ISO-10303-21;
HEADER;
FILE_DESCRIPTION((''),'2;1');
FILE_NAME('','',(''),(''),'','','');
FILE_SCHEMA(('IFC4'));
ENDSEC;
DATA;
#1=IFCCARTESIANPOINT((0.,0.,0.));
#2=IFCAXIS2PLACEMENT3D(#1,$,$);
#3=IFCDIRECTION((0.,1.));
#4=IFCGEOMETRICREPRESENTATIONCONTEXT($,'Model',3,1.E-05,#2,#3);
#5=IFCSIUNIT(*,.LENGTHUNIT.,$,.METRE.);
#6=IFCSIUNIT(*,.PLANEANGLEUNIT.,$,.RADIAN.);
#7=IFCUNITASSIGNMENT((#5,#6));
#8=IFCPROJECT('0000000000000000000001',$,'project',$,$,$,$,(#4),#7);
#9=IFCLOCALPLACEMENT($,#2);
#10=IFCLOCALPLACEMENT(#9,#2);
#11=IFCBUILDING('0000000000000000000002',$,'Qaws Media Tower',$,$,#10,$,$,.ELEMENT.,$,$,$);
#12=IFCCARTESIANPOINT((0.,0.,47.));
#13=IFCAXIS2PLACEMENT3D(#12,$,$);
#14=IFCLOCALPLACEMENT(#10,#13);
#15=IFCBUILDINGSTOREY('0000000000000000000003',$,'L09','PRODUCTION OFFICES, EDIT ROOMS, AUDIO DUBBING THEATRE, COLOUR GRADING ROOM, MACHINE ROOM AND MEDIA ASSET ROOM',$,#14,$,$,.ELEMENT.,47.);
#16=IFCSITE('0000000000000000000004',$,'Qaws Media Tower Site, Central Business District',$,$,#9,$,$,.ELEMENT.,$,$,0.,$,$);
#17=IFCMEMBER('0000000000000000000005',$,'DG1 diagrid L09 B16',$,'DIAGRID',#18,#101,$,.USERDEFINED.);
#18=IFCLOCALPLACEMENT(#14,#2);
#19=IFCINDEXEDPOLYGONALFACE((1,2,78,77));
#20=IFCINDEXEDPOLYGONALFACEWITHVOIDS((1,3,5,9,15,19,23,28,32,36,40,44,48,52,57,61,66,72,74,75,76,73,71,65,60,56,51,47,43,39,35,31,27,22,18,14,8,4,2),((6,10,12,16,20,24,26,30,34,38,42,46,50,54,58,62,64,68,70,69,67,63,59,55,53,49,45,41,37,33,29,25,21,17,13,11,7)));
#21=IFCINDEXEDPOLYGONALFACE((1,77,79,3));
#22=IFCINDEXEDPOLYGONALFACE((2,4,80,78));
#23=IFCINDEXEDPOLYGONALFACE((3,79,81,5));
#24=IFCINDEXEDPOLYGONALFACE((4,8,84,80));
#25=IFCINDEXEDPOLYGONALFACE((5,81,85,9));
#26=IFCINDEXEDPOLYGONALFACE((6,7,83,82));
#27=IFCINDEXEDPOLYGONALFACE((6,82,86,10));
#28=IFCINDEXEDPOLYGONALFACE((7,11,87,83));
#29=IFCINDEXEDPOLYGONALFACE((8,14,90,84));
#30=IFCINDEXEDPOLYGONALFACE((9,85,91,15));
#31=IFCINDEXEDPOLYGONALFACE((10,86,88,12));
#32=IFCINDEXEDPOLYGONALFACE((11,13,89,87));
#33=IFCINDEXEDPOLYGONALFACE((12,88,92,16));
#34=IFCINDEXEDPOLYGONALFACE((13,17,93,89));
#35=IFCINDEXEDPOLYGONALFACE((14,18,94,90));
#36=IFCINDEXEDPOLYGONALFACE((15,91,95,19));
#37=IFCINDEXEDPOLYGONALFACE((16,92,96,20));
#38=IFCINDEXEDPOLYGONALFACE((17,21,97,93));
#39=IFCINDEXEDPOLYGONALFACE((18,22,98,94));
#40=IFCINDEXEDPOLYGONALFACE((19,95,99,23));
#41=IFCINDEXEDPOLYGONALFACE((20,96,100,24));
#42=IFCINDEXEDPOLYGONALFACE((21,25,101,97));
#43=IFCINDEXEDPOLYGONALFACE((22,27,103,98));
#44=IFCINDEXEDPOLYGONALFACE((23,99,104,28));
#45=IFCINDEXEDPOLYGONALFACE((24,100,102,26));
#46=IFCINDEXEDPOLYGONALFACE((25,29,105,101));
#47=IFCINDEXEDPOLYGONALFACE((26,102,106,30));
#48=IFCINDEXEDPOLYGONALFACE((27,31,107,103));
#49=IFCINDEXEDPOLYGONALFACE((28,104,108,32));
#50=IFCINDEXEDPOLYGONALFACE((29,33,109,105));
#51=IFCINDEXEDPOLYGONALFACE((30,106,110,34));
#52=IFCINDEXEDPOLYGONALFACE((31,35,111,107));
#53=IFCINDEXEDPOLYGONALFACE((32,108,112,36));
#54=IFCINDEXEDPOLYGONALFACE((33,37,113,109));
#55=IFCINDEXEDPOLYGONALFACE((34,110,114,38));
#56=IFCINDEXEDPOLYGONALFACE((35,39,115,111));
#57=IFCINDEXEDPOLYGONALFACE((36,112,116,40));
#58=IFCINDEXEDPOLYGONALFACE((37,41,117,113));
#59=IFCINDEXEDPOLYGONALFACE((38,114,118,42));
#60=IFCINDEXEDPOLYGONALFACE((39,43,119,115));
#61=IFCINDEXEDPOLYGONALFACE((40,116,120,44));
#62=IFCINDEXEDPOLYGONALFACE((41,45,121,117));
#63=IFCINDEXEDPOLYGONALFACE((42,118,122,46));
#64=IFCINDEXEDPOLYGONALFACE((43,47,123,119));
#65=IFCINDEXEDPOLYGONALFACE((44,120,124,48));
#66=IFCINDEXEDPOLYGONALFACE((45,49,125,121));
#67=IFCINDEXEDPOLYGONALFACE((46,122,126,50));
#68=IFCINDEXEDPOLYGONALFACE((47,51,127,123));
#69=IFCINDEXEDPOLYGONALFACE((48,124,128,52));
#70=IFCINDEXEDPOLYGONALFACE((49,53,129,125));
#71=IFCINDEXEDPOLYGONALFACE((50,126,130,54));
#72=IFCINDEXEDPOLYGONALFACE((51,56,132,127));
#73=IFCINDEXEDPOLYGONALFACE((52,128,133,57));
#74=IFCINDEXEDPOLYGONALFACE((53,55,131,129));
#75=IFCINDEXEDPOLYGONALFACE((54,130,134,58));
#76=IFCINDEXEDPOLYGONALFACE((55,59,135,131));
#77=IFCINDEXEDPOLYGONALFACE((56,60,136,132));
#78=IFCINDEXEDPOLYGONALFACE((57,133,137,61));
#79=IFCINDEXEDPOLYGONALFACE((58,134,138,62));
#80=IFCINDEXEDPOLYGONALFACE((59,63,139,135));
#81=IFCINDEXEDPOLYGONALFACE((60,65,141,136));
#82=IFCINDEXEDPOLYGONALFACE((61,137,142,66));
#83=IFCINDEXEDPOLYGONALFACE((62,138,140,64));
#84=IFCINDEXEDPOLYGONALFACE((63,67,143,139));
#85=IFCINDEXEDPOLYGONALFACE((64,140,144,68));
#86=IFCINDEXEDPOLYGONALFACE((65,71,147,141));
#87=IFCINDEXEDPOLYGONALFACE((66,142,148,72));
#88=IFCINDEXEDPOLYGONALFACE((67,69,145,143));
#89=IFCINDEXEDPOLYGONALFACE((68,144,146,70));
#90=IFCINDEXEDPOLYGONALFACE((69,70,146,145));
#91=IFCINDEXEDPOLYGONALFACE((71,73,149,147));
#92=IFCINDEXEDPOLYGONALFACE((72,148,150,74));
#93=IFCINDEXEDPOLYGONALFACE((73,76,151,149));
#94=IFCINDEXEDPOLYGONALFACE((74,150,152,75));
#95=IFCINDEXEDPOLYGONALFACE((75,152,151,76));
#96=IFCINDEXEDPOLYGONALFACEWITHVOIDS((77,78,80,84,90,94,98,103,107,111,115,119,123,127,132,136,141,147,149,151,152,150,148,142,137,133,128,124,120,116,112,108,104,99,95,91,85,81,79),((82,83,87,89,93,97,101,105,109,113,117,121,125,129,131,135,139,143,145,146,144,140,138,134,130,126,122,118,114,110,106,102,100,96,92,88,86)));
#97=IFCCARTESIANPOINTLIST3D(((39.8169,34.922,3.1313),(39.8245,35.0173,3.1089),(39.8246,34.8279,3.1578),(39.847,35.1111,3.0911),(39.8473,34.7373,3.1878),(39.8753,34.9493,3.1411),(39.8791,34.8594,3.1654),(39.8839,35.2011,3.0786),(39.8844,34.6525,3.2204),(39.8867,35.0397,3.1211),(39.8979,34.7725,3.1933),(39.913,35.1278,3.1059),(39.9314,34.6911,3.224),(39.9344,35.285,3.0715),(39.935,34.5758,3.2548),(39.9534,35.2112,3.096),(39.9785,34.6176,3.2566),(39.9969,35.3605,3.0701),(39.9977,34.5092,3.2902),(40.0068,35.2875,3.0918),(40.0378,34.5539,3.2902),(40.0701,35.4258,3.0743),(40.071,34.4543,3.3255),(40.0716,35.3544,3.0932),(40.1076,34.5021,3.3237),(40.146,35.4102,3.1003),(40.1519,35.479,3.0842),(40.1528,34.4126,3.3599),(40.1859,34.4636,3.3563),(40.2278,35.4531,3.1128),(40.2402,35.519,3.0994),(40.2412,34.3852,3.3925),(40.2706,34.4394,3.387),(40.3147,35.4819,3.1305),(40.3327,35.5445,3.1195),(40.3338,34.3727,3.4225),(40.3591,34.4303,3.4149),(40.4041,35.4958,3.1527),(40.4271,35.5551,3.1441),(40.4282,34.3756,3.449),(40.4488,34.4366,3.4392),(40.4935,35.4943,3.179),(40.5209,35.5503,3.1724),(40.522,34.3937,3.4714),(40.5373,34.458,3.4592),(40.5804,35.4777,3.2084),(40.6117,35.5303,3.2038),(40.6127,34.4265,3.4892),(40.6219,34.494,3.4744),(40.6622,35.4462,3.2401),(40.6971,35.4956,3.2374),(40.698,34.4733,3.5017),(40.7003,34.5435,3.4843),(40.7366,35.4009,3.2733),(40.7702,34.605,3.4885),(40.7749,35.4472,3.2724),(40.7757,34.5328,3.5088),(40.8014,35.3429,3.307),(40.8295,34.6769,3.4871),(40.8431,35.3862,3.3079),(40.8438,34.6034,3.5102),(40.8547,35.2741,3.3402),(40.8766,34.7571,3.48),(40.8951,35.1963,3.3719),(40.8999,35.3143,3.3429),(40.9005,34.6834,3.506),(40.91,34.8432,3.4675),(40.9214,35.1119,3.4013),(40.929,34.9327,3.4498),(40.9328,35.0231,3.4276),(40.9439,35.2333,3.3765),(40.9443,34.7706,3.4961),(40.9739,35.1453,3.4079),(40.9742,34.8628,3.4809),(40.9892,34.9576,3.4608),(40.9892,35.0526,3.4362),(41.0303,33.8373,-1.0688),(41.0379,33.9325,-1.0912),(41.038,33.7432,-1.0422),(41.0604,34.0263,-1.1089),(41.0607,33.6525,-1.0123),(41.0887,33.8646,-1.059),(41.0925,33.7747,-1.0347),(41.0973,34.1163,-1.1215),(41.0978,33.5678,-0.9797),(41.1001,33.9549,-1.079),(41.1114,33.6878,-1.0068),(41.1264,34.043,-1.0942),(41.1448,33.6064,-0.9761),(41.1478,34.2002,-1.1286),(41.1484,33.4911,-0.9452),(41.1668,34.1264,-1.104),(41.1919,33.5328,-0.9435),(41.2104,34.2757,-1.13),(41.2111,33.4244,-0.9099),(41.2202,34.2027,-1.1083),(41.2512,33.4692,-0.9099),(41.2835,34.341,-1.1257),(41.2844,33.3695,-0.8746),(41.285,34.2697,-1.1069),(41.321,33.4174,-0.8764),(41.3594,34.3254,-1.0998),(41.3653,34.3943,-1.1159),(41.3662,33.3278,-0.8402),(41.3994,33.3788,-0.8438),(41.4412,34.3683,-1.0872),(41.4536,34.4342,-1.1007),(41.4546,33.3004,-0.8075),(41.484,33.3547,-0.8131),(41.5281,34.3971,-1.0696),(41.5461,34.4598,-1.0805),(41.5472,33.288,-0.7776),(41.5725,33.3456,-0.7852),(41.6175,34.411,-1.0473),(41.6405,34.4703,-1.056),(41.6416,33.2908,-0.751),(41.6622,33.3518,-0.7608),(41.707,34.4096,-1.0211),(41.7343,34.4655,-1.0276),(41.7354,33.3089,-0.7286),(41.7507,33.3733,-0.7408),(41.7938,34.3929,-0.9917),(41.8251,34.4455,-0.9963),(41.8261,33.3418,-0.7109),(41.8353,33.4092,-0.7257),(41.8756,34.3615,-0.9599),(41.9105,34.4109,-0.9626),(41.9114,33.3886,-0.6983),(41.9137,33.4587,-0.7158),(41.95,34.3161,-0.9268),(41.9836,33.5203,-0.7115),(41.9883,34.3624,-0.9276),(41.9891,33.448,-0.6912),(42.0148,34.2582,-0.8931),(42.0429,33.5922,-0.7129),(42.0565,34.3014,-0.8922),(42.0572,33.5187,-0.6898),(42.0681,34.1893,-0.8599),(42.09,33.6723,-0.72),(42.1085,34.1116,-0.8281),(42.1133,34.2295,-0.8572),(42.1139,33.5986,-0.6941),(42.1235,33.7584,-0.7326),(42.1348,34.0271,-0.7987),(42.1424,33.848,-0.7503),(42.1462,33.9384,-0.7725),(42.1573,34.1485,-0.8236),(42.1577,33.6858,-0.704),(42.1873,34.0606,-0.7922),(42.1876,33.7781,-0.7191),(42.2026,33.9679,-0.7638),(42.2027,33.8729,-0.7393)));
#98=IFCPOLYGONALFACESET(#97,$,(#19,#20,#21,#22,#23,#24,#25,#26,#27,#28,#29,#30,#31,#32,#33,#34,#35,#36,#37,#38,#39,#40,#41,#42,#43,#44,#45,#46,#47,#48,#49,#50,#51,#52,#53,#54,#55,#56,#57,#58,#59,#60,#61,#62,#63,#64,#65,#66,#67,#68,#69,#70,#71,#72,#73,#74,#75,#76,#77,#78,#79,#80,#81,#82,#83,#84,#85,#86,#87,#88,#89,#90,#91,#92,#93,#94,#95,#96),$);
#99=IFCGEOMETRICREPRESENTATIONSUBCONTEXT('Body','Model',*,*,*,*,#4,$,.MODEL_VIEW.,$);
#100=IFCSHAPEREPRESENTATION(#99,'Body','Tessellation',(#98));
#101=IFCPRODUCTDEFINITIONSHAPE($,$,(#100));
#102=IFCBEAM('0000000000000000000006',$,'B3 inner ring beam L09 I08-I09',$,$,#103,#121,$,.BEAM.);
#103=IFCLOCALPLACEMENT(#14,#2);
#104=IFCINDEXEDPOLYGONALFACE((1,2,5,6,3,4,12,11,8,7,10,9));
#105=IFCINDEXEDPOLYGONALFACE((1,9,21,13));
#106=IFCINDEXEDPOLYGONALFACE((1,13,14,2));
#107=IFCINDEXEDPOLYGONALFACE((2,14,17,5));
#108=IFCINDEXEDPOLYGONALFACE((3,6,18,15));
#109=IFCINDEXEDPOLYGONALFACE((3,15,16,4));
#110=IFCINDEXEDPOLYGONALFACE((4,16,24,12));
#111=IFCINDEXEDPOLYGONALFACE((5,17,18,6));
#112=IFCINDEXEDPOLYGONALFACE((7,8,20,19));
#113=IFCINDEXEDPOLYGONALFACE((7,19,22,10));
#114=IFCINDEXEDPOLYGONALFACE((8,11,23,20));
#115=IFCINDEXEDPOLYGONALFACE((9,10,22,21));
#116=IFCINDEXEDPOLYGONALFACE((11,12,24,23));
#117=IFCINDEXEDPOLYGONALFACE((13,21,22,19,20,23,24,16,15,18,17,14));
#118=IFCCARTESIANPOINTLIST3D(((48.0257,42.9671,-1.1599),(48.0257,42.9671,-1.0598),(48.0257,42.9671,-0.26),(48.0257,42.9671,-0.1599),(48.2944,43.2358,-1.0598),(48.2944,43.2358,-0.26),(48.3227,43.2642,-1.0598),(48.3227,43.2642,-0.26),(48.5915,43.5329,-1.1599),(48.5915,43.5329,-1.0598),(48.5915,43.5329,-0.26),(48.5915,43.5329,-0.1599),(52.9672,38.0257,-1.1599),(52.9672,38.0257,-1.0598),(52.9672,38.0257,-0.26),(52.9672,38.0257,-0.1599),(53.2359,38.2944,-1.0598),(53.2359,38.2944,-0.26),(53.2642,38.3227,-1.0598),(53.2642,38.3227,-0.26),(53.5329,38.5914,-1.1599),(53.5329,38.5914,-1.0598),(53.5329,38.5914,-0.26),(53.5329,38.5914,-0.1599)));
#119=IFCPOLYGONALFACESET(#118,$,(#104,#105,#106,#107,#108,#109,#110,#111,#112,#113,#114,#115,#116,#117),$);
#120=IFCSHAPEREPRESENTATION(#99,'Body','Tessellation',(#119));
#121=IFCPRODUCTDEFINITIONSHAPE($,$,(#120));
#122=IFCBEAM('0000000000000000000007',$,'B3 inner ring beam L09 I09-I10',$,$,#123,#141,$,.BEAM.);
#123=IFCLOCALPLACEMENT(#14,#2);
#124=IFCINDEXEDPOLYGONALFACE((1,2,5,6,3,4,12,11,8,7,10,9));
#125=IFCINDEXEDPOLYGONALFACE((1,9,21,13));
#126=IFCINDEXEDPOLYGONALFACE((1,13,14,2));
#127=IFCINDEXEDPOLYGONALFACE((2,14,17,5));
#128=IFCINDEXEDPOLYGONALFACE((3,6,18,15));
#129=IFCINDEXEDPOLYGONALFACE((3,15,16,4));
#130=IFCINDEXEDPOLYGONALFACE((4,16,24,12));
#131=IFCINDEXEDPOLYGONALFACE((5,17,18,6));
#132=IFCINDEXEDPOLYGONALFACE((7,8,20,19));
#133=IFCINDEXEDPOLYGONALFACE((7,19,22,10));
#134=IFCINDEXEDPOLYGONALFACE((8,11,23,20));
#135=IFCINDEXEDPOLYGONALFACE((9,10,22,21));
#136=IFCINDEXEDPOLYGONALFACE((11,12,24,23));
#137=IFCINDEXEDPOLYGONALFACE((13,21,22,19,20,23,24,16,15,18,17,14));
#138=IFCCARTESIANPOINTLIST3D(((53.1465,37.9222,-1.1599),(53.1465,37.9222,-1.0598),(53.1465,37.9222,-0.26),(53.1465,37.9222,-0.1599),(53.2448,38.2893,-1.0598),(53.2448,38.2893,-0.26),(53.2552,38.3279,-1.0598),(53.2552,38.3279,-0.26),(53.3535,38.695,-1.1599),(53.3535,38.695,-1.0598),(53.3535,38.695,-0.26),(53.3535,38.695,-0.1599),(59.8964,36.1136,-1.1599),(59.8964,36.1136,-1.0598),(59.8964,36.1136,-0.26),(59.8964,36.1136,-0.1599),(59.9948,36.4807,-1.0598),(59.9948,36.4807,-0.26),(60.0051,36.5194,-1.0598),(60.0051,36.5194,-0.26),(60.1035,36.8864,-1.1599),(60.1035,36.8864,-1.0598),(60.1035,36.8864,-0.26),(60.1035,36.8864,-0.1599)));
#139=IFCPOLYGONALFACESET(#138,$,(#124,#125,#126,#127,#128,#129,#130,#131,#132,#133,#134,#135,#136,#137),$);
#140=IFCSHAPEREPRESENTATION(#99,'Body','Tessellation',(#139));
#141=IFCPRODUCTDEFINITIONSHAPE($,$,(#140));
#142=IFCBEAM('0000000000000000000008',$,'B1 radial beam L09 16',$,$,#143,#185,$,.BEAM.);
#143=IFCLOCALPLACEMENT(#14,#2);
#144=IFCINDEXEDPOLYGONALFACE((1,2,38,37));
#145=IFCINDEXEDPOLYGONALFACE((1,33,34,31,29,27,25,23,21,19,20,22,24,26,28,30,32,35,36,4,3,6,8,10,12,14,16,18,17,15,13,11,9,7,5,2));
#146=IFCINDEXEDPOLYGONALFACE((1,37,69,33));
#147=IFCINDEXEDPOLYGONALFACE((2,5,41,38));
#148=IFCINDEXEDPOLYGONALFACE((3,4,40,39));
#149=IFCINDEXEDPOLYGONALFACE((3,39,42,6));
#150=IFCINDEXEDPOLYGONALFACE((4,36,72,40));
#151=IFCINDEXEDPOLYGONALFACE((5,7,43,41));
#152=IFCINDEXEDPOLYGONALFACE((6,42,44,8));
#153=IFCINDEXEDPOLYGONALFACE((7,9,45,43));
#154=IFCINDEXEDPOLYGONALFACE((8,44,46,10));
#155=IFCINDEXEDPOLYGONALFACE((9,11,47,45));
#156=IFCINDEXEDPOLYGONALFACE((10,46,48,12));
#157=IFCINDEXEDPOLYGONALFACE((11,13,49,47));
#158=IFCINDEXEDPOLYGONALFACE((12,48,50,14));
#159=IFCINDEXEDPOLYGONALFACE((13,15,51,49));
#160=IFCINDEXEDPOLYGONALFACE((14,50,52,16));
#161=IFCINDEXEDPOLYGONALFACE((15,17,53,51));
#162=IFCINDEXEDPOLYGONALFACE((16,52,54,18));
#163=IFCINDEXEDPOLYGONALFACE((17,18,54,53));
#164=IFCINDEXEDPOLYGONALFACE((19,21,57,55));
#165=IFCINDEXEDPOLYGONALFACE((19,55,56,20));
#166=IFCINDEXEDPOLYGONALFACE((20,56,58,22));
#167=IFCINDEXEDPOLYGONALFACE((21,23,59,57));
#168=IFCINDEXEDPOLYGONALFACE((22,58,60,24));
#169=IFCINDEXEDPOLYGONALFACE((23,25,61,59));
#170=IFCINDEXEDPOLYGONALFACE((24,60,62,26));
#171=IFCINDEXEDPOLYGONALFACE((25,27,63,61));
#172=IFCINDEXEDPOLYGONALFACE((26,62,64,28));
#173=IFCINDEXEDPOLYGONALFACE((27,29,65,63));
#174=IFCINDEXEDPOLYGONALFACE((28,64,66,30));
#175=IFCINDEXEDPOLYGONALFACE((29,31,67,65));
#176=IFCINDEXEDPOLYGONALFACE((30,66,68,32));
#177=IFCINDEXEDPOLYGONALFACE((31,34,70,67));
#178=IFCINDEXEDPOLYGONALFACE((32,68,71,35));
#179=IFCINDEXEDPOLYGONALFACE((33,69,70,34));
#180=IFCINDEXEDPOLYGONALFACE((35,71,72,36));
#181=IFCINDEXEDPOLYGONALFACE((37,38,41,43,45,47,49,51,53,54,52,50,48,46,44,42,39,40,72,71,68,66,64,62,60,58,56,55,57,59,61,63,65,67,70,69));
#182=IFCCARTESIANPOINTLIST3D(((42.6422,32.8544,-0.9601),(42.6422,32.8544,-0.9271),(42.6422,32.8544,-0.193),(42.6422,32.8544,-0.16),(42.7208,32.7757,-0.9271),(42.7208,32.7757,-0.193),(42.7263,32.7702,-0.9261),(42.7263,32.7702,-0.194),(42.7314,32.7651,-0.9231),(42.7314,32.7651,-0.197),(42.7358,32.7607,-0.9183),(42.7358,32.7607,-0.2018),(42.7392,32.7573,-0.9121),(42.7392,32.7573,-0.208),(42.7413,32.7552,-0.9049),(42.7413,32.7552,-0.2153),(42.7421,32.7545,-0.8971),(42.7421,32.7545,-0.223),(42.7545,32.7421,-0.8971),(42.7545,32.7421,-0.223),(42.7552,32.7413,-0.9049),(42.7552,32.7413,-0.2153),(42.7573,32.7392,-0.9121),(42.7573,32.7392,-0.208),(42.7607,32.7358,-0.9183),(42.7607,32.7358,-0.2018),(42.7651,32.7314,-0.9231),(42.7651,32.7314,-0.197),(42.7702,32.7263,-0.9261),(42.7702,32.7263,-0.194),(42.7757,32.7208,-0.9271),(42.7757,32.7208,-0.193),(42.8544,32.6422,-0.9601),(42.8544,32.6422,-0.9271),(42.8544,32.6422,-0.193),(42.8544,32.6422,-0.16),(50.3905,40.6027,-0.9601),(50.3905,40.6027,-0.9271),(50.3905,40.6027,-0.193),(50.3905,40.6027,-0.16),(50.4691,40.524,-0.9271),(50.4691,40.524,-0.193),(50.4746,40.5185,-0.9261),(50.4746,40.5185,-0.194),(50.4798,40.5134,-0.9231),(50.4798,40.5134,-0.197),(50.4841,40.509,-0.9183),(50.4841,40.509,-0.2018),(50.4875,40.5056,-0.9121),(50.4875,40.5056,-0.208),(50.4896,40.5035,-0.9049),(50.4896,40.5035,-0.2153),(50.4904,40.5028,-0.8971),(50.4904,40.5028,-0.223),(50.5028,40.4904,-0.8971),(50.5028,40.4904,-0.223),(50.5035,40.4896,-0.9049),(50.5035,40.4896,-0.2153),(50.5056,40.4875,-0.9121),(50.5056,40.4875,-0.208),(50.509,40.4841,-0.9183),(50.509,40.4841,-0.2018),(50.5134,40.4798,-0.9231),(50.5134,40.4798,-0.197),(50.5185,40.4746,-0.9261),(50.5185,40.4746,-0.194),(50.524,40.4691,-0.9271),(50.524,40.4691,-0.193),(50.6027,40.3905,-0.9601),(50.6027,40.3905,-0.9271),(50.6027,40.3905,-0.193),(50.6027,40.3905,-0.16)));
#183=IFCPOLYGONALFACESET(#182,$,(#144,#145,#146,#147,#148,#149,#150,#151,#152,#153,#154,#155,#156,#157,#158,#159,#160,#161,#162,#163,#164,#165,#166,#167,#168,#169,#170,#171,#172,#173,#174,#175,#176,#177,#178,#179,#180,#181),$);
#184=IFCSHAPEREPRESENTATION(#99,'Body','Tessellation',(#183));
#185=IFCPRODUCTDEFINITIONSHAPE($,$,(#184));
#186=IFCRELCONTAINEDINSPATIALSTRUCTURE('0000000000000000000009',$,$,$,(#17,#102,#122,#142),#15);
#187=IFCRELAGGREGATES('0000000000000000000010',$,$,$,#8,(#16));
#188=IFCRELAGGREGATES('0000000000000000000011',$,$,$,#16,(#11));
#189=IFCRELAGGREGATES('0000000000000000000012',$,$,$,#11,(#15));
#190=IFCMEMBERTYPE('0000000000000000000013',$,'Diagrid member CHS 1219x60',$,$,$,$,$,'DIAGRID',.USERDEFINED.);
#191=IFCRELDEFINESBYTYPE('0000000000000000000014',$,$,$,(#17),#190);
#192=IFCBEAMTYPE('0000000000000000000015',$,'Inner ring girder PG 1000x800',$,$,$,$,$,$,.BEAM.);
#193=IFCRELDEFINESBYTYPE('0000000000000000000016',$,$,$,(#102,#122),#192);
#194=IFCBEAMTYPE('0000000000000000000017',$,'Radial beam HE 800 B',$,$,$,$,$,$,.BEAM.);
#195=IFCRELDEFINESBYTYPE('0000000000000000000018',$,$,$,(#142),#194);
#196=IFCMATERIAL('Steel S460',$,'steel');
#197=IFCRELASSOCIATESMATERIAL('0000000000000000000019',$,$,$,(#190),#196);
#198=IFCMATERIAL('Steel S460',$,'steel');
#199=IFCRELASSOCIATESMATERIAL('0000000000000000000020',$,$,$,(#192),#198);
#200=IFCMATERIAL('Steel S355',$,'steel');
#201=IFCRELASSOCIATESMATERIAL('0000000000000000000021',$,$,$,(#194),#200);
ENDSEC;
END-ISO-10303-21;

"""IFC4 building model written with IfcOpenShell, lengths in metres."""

from ifc_helpers import new_model, si_unit, direction, frame, origin, origin_2d, place, context, subcontext, project, spatial, hollow_circle, i_section, extrude, material, material_profile, profile_set, type_object, element, save


model = new_model("IFC4")

# Units and contexts
model_context = context("Model", 3, precision=1e-05, world=origin(), true_north=direction((0.0, 1.0)))
body_context = subcontext(model_context, "Body", "Model", "MODEL_VIEW")
ifc_project = project(units=[si_unit("LENGTHUNIT", "METRE"), si_unit("PLANEANGLEUNIT", "RADIAN")], contexts=[model_context])

# Site, building, storey
site_placement = place(None, origin())
site = spatial("IfcSite", under=ifc_project, at=site_placement, Name="Qaws Media Tower Site, Central Business District", CompositionType="ELEMENT", RefElevation=0.0)
building_placement = place(site_placement, origin())
building = spatial("IfcBuilding", under=site, at=building_placement, Name="Qaws Media Tower", CompositionType="ELEMENT")
storey_placement = place(building_placement, frame((0.0, 0.0, 47.0)))
storey = spatial("IfcBuildingStorey", under=building, at=storey_placement, Name="L09", Description="PRODUCTION OFFICES, EDIT ROOMS, AUDIO DUBBING THEATRE, COLOUR GRADING ROOM, MACHINE ROOM AND MEDIA ASSET ROOM", CompositionType="ELEMENT", Elevation=47.0)

# Member
ifc_material_1 = material(Name="Steel S460", Category="steel")
ifc_material_profile_1 = material_profile(ifc_material_1, hollow_circle(Radius=0.6096, WallThickness=0.0601, at=origin_2d()), Name="CHS 1219x60")
ifc_profile_set_1 = profile_set([ifc_material_profile_1], Name="Steel S460")
member_type_1 = type_object("IfcMemberType", Name="Diagrid member CHS 1219x60", ElementType="DIAGRID", PredefinedType="USERDEFINED", material=ifc_profile_set_1)
member_1_placement = place(storey_placement, frame((41.6174, 33.8789, -0.9099), z_axis=(-0.269384, 0.240819, 0.932437), x_axis=(-0.666475, -0.745528, 0.0)))
element("IfcMember", 1, at=member_1_placement, inside=storey, type_object=member_type_1, Name="DG1 diagrid L09 B16", ObjectType="DIAGRID", PredefinedType="USERDEFINED", context=body_context, shape_type="SweptSolid", body=[
    extrude(hollow_circle(Radius=0.6096, WallThickness=0.0601, at=origin_2d()), origin(), (0.0, 0.0, 1.0), 4.5044),
])

# Beams
ifc_material_2 = material(Name="Steel S460", Category="steel")
ifc_material_profile_2 = material_profile(ifc_material_2, i_section(OverallWidth=0.8, OverallDepth=1.0, WebThickness=0.04, FlangeThickness=0.1001, at=origin_2d()), Name="PG 1000x800")
ifc_profile_set_2 = profile_set([ifc_material_profile_2], Name="Steel S460")
beam_type_1 = type_object("IfcBeamType", Name="Inner ring girder PG 1000x800", PredefinedType="BEAM", material=ifc_profile_set_2)
beam_1_placement = place(storey_placement, frame((48.3086, 43.25, -0.6599), z_axis=(0.707107, -0.707107, 0.0), x_axis=(0.707107, 0.707107, 0.0)))
element("IfcBeam", 2, at=beam_1_placement, inside=storey, type_object=beam_type_1, Name="B3 inner ring beam L09 I08-I09", PredefinedType="BEAM", context=body_context, shape_type="SweptSolid", body=[
    extrude(i_section(OverallWidth=0.8, OverallDepth=1.0, WebThickness=0.04, FlangeThickness=0.1001, at=origin_2d()), origin(), (0.0, 0.0, 1.0), 6.9883),
])
beam_2_placement = place(storey_placement, frame((53.25, 38.3086, -0.6599), z_axis=(0.965928, -0.258811, 0.0), x_axis=(0.258811, 0.965928, 0.0)))
element("IfcBeam", 3, at=beam_2_placement, inside=storey, type_object=beam_type_1, Name="B3 inner ring beam L09 I09-I10", PredefinedType="BEAM", context=body_context, shape_type="SweptSolid", body=[
    extrude(i_section(OverallWidth=0.8, OverallDepth=1.0, WebThickness=0.04, FlangeThickness=0.1001, at=origin_2d()), origin(), (0.0, 0.0, 1.0), 6.988),
])
ifc_material_3 = material(Name="Steel S355", Category="steel")
ifc_material_profile_3 = material_profile(ifc_material_3, i_section(OverallWidth=0.3, OverallDepth=0.8, WebThickness=0.0176, FlangeThickness=0.033, FilletRadius=0.03, at=origin_2d()), Name="HE 800 B")
ifc_profile_set_3 = profile_set([ifc_material_profile_3], Name="Steel S355")
beam_type_2 = type_object("IfcBeamType", Name="Radial beam HE 800 B", PredefinedType="BEAM", material=ifc_profile_set_3)
beam_3_placement = place(storey_placement, frame((50.4966, 40.4966, -0.5601), z_axis=(-0.707107, -0.707107, 0.0), x_axis=(0.707107, -0.707107, 0.0)))
element("IfcBeam", 4, at=beam_3_placement, inside=storey, type_object=beam_type_2, Name="B1 radial beam L09 16", PredefinedType="BEAM", context=body_context, shape_type="SweptSolid", body=[
    extrude(i_section(OverallWidth=0.3, OverallDepth=0.8, WebThickness=0.0176, FlangeThickness=0.033, FilletRadius=0.03, at=origin_2d()), origin(), (0.0, 0.0, 1.0), 10.9578),
])

save(model, "model.ifc")
